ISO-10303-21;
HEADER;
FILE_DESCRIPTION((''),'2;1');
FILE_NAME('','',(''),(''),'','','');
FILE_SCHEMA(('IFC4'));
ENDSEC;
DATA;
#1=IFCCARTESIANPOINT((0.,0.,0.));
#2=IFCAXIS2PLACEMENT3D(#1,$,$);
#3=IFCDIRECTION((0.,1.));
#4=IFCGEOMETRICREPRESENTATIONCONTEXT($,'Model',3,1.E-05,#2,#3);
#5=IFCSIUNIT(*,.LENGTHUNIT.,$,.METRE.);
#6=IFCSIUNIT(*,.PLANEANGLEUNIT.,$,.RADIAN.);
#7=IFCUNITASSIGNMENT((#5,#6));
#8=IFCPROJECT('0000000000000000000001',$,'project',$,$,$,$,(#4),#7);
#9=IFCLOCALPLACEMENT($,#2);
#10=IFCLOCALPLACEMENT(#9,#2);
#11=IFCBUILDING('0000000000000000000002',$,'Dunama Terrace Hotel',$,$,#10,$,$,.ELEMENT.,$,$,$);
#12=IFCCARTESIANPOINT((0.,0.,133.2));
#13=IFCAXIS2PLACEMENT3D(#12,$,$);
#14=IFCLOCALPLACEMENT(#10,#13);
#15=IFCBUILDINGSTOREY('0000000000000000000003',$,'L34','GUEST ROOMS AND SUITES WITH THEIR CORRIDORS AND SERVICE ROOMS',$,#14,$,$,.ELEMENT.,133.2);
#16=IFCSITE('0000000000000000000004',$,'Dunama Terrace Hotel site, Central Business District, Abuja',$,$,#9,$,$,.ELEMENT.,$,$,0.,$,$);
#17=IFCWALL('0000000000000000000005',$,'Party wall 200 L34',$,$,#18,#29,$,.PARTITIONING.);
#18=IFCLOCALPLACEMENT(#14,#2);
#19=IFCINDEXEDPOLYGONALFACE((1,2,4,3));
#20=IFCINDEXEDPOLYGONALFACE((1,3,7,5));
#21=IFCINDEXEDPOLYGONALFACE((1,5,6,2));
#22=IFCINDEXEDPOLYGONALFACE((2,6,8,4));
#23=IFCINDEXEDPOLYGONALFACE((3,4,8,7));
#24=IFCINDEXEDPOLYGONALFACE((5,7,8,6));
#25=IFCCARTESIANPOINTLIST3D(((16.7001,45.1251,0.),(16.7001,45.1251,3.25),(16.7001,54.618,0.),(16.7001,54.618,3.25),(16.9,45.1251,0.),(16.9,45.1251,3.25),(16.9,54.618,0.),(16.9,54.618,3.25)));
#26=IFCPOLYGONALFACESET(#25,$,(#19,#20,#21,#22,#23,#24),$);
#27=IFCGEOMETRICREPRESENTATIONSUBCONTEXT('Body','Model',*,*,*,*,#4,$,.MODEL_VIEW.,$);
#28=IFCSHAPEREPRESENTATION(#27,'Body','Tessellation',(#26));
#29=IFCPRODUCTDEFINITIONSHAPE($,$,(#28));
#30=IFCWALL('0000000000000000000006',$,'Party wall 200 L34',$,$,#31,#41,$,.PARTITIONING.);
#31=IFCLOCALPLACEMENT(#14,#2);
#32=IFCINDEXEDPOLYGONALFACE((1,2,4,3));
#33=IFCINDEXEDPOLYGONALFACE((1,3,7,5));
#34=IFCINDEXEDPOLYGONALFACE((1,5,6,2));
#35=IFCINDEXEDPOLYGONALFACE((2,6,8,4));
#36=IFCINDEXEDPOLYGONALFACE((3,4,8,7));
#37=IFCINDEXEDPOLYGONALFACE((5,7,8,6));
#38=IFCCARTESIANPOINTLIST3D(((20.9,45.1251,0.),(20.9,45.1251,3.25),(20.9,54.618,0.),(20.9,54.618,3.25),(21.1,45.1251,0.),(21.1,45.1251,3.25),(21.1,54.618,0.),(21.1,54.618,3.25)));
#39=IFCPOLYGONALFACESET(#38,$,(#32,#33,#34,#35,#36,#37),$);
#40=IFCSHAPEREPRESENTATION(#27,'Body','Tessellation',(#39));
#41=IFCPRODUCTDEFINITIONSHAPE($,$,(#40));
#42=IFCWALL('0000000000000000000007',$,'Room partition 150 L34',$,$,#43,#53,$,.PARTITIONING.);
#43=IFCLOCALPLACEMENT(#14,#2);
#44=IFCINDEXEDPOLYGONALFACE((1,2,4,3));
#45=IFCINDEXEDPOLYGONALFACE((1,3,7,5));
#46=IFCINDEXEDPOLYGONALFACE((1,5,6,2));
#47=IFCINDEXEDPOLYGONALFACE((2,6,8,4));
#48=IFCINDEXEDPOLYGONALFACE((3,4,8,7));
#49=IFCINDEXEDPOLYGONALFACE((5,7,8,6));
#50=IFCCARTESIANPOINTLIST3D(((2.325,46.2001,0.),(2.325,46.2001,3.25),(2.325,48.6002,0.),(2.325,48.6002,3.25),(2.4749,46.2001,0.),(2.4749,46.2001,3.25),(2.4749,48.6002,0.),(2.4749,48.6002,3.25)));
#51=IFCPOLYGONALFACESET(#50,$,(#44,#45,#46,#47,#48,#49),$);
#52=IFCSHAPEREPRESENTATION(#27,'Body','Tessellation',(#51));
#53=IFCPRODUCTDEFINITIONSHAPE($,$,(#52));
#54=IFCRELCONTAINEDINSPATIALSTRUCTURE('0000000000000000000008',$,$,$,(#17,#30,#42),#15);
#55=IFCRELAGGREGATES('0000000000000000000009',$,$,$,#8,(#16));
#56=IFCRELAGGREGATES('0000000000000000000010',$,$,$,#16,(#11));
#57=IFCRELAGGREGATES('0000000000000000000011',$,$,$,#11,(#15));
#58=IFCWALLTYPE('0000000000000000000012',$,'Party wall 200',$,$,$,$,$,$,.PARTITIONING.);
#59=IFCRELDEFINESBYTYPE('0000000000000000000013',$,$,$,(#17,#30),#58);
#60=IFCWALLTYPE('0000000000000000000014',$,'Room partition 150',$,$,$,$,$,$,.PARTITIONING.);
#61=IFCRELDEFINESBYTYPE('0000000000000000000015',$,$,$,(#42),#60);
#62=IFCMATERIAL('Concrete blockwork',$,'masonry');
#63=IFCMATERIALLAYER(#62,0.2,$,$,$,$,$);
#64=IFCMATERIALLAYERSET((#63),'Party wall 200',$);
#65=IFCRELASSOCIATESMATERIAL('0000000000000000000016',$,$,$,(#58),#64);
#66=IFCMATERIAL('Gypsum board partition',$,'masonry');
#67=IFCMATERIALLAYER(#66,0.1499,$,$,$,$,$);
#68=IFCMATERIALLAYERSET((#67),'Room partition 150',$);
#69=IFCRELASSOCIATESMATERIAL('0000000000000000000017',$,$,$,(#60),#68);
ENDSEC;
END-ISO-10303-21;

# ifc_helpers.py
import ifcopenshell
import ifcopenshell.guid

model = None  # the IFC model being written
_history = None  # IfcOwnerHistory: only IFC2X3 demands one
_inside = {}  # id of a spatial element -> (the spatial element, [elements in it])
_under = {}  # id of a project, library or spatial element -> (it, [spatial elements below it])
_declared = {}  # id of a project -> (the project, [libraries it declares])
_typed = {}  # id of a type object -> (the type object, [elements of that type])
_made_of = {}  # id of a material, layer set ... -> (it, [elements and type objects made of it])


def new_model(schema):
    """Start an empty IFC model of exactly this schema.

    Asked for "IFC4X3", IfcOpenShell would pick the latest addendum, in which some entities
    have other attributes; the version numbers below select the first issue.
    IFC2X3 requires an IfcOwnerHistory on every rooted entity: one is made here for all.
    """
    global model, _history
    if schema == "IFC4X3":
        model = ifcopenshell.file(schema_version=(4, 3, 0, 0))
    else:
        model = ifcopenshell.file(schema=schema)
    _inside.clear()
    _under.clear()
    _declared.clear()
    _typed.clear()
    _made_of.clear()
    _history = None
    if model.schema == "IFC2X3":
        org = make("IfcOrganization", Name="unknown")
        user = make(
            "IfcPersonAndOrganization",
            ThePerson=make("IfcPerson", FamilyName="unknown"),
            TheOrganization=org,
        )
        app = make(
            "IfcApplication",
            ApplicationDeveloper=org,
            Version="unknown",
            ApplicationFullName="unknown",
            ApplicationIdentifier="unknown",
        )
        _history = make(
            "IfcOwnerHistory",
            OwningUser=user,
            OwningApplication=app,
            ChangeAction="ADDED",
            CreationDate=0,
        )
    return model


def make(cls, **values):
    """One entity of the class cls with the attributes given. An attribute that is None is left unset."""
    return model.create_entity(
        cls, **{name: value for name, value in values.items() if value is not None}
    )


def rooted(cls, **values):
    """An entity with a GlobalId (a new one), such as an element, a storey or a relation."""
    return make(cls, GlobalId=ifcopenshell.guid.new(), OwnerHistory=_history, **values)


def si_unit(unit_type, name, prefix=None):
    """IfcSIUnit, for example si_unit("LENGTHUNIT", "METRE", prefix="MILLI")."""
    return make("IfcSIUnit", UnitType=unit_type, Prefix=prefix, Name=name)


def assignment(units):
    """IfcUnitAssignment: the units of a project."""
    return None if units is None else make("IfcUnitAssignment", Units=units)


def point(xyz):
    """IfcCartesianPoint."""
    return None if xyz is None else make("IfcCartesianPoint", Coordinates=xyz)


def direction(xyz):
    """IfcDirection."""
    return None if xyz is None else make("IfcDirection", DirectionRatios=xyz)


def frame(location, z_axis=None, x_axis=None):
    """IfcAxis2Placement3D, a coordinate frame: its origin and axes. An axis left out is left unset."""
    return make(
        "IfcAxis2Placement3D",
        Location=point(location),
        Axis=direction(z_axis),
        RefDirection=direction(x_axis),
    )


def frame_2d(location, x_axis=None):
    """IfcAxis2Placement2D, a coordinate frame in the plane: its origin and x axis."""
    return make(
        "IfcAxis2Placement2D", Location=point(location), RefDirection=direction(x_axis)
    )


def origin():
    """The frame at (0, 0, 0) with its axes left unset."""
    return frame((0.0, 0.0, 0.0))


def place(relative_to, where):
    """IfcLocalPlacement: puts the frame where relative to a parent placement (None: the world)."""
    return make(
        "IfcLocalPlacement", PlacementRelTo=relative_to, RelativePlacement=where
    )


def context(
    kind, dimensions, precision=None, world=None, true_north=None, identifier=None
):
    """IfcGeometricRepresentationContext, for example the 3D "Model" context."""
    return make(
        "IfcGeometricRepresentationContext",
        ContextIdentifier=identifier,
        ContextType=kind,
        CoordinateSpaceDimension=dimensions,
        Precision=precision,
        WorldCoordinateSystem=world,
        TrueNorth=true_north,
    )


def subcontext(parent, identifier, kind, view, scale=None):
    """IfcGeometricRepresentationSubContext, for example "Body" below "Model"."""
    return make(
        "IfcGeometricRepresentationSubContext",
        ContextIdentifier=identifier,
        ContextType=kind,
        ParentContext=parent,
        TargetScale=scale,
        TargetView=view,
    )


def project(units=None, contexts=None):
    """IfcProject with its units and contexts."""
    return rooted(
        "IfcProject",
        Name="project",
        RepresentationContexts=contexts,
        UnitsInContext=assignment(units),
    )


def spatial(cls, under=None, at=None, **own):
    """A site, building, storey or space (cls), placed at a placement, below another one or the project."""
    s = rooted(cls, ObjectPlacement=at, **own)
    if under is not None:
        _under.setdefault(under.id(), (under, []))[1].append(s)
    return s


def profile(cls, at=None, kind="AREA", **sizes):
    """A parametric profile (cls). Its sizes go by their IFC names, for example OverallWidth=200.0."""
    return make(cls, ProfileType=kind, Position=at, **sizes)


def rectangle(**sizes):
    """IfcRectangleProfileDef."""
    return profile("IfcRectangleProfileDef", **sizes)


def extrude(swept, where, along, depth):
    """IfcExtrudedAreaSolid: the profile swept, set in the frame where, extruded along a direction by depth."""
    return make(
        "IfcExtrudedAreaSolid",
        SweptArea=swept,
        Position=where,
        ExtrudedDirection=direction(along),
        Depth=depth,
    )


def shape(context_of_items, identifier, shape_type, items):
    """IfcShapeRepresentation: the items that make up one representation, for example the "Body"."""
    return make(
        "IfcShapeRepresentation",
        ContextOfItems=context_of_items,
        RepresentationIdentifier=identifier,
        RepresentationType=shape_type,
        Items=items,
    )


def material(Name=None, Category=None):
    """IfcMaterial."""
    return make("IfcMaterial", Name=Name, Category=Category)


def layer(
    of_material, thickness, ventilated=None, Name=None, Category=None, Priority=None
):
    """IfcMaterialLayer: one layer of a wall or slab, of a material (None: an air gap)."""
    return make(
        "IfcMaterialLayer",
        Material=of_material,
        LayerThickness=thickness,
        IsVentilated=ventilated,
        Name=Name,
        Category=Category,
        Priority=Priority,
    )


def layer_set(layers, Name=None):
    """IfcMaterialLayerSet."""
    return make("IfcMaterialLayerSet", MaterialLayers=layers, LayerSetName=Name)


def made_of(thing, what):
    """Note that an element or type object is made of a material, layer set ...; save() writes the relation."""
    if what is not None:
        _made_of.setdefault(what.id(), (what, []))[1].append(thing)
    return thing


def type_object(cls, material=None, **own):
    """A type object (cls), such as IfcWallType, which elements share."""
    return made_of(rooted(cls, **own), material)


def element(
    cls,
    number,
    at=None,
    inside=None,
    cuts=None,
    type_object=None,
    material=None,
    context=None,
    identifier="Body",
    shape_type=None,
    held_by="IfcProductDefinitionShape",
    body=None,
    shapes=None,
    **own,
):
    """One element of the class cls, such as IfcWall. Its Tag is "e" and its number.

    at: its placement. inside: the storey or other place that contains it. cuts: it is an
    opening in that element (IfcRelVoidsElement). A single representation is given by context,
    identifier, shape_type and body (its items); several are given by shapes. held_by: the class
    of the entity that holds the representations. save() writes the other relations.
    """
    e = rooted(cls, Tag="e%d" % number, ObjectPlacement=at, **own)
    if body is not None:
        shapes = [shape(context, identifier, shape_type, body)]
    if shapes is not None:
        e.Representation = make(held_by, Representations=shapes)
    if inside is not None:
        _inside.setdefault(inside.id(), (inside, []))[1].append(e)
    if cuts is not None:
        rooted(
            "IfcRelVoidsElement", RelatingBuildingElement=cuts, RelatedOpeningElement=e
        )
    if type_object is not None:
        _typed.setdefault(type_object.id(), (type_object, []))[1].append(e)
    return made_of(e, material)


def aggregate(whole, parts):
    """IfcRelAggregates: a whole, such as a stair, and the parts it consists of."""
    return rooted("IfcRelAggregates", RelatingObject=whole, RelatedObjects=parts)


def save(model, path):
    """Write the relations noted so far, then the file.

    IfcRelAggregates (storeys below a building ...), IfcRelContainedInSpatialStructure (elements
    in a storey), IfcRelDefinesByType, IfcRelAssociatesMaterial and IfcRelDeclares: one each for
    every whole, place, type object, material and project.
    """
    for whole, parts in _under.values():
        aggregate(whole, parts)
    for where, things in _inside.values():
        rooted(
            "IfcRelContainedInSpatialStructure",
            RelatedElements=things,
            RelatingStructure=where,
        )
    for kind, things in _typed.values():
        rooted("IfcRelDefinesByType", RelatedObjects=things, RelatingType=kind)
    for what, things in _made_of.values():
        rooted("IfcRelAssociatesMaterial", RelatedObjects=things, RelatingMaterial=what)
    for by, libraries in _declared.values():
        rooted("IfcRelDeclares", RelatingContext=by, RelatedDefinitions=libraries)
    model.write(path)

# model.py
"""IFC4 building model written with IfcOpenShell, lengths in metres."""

from ifc_helpers import new_model, si_unit, direction, frame, frame_2d, origin, place, context, subcontext, project, spatial, rectangle, extrude, material, layer, layer_set, type_object, element, save


model = new_model("IFC4")

# Units and contexts
model_context = context("Model", 3, precision=1e-05, world=origin(), true_north=direction((0.0, 1.0)))
body_context = subcontext(model_context, "Body", "Model", "MODEL_VIEW")
ifc_project = project(units=[si_unit("LENGTHUNIT", "METRE"), si_unit("PLANEANGLEUNIT", "RADIAN")], contexts=[model_context])

# Site, building, storey
site_placement = place(None, origin())
site = spatial("IfcSite", under=ifc_project, at=site_placement, Name="Dunama Terrace Hotel site, Central Business District, Abuja", CompositionType="ELEMENT", RefElevation=0.0)
building_placement = place(site_placement, origin())
building = spatial("IfcBuilding", under=site, at=building_placement, Name="Dunama Terrace Hotel", CompositionType="ELEMENT")
storey_placement = place(building_placement, frame((0.0, 0.0, 133.2)))
storey = spatial("IfcBuildingStorey", under=building, at=storey_placement, Name="L34", Description="GUEST ROOMS AND SUITES WITH THEIR CORRIDORS AND SERVICE ROOMS", CompositionType="ELEMENT", Elevation=133.2)

# Walls
ifc_material_1 = material(Name="Concrete blockwork", Category="masonry")
ifc_layer_1 = layer(ifc_material_1, 0.2)
ifc_layer_set_1 = layer_set([ifc_layer_1], Name="Party wall 200")
wall_type_1 = type_object("IfcWallType", Name="Party wall 200", PredefinedType="PARTITIONING", material=ifc_layer_set_1)
for number, where, z_axis, x_axis, name in (
    (1, (16.8, 45.125, 0.0), (0.0, 0.0, 1.0), (0.0, 1.0, 0.0), "Party wall 200 L34"),
    (2, (21.0, 45.125, 0.0), (0.0, 0.0, 1.0), (0.0, 1.0, 0.0), "Party wall 200 L34"),
):
    element("IfcWall", number, at=place(storey_placement, frame(where, z_axis=z_axis, x_axis=x_axis)), inside=storey, type_object=wall_type_1, Name=name, PredefinedType="PARTITIONING", context=body_context, shape_type="SweptSolid", body=[
        extrude(rectangle(XDim=9.4929, YDim=0.2, at=frame_2d((4.7466, 0.0))), origin(), (0.0, 0.0, 1.0), 3.25),
    ])
ifc_material_2 = material(Name="Gypsum board partition", Category="masonry")
ifc_layer_2 = layer(ifc_material_2, 0.1499)
ifc_layer_set_2 = layer_set([ifc_layer_2], Name="Room partition 150")
wall_type_2 = type_object("IfcWallType", Name="Room partition 150", PredefinedType="PARTITIONING", material=ifc_layer_set_2)
wall_1_placement = place(storey_placement, frame((2.3999, 46.2, 0.0), z_axis=(0.0, 0.0, 1.0), x_axis=(0.0, 1.0, 0.0)))
element("IfcWall", 3, at=wall_1_placement, inside=storey, type_object=wall_type_2, Name="Room partition 150 L34", PredefinedType="PARTITIONING", context=body_context, shape_type="SweptSolid", body=[
    extrude(rectangle(XDim=2.4001, YDim=0.1499, at=frame_2d((1.2002, 0.0))), origin(), (0.0, 0.0, 1.0), 3.25),
])

save(model, "model.ifc")
